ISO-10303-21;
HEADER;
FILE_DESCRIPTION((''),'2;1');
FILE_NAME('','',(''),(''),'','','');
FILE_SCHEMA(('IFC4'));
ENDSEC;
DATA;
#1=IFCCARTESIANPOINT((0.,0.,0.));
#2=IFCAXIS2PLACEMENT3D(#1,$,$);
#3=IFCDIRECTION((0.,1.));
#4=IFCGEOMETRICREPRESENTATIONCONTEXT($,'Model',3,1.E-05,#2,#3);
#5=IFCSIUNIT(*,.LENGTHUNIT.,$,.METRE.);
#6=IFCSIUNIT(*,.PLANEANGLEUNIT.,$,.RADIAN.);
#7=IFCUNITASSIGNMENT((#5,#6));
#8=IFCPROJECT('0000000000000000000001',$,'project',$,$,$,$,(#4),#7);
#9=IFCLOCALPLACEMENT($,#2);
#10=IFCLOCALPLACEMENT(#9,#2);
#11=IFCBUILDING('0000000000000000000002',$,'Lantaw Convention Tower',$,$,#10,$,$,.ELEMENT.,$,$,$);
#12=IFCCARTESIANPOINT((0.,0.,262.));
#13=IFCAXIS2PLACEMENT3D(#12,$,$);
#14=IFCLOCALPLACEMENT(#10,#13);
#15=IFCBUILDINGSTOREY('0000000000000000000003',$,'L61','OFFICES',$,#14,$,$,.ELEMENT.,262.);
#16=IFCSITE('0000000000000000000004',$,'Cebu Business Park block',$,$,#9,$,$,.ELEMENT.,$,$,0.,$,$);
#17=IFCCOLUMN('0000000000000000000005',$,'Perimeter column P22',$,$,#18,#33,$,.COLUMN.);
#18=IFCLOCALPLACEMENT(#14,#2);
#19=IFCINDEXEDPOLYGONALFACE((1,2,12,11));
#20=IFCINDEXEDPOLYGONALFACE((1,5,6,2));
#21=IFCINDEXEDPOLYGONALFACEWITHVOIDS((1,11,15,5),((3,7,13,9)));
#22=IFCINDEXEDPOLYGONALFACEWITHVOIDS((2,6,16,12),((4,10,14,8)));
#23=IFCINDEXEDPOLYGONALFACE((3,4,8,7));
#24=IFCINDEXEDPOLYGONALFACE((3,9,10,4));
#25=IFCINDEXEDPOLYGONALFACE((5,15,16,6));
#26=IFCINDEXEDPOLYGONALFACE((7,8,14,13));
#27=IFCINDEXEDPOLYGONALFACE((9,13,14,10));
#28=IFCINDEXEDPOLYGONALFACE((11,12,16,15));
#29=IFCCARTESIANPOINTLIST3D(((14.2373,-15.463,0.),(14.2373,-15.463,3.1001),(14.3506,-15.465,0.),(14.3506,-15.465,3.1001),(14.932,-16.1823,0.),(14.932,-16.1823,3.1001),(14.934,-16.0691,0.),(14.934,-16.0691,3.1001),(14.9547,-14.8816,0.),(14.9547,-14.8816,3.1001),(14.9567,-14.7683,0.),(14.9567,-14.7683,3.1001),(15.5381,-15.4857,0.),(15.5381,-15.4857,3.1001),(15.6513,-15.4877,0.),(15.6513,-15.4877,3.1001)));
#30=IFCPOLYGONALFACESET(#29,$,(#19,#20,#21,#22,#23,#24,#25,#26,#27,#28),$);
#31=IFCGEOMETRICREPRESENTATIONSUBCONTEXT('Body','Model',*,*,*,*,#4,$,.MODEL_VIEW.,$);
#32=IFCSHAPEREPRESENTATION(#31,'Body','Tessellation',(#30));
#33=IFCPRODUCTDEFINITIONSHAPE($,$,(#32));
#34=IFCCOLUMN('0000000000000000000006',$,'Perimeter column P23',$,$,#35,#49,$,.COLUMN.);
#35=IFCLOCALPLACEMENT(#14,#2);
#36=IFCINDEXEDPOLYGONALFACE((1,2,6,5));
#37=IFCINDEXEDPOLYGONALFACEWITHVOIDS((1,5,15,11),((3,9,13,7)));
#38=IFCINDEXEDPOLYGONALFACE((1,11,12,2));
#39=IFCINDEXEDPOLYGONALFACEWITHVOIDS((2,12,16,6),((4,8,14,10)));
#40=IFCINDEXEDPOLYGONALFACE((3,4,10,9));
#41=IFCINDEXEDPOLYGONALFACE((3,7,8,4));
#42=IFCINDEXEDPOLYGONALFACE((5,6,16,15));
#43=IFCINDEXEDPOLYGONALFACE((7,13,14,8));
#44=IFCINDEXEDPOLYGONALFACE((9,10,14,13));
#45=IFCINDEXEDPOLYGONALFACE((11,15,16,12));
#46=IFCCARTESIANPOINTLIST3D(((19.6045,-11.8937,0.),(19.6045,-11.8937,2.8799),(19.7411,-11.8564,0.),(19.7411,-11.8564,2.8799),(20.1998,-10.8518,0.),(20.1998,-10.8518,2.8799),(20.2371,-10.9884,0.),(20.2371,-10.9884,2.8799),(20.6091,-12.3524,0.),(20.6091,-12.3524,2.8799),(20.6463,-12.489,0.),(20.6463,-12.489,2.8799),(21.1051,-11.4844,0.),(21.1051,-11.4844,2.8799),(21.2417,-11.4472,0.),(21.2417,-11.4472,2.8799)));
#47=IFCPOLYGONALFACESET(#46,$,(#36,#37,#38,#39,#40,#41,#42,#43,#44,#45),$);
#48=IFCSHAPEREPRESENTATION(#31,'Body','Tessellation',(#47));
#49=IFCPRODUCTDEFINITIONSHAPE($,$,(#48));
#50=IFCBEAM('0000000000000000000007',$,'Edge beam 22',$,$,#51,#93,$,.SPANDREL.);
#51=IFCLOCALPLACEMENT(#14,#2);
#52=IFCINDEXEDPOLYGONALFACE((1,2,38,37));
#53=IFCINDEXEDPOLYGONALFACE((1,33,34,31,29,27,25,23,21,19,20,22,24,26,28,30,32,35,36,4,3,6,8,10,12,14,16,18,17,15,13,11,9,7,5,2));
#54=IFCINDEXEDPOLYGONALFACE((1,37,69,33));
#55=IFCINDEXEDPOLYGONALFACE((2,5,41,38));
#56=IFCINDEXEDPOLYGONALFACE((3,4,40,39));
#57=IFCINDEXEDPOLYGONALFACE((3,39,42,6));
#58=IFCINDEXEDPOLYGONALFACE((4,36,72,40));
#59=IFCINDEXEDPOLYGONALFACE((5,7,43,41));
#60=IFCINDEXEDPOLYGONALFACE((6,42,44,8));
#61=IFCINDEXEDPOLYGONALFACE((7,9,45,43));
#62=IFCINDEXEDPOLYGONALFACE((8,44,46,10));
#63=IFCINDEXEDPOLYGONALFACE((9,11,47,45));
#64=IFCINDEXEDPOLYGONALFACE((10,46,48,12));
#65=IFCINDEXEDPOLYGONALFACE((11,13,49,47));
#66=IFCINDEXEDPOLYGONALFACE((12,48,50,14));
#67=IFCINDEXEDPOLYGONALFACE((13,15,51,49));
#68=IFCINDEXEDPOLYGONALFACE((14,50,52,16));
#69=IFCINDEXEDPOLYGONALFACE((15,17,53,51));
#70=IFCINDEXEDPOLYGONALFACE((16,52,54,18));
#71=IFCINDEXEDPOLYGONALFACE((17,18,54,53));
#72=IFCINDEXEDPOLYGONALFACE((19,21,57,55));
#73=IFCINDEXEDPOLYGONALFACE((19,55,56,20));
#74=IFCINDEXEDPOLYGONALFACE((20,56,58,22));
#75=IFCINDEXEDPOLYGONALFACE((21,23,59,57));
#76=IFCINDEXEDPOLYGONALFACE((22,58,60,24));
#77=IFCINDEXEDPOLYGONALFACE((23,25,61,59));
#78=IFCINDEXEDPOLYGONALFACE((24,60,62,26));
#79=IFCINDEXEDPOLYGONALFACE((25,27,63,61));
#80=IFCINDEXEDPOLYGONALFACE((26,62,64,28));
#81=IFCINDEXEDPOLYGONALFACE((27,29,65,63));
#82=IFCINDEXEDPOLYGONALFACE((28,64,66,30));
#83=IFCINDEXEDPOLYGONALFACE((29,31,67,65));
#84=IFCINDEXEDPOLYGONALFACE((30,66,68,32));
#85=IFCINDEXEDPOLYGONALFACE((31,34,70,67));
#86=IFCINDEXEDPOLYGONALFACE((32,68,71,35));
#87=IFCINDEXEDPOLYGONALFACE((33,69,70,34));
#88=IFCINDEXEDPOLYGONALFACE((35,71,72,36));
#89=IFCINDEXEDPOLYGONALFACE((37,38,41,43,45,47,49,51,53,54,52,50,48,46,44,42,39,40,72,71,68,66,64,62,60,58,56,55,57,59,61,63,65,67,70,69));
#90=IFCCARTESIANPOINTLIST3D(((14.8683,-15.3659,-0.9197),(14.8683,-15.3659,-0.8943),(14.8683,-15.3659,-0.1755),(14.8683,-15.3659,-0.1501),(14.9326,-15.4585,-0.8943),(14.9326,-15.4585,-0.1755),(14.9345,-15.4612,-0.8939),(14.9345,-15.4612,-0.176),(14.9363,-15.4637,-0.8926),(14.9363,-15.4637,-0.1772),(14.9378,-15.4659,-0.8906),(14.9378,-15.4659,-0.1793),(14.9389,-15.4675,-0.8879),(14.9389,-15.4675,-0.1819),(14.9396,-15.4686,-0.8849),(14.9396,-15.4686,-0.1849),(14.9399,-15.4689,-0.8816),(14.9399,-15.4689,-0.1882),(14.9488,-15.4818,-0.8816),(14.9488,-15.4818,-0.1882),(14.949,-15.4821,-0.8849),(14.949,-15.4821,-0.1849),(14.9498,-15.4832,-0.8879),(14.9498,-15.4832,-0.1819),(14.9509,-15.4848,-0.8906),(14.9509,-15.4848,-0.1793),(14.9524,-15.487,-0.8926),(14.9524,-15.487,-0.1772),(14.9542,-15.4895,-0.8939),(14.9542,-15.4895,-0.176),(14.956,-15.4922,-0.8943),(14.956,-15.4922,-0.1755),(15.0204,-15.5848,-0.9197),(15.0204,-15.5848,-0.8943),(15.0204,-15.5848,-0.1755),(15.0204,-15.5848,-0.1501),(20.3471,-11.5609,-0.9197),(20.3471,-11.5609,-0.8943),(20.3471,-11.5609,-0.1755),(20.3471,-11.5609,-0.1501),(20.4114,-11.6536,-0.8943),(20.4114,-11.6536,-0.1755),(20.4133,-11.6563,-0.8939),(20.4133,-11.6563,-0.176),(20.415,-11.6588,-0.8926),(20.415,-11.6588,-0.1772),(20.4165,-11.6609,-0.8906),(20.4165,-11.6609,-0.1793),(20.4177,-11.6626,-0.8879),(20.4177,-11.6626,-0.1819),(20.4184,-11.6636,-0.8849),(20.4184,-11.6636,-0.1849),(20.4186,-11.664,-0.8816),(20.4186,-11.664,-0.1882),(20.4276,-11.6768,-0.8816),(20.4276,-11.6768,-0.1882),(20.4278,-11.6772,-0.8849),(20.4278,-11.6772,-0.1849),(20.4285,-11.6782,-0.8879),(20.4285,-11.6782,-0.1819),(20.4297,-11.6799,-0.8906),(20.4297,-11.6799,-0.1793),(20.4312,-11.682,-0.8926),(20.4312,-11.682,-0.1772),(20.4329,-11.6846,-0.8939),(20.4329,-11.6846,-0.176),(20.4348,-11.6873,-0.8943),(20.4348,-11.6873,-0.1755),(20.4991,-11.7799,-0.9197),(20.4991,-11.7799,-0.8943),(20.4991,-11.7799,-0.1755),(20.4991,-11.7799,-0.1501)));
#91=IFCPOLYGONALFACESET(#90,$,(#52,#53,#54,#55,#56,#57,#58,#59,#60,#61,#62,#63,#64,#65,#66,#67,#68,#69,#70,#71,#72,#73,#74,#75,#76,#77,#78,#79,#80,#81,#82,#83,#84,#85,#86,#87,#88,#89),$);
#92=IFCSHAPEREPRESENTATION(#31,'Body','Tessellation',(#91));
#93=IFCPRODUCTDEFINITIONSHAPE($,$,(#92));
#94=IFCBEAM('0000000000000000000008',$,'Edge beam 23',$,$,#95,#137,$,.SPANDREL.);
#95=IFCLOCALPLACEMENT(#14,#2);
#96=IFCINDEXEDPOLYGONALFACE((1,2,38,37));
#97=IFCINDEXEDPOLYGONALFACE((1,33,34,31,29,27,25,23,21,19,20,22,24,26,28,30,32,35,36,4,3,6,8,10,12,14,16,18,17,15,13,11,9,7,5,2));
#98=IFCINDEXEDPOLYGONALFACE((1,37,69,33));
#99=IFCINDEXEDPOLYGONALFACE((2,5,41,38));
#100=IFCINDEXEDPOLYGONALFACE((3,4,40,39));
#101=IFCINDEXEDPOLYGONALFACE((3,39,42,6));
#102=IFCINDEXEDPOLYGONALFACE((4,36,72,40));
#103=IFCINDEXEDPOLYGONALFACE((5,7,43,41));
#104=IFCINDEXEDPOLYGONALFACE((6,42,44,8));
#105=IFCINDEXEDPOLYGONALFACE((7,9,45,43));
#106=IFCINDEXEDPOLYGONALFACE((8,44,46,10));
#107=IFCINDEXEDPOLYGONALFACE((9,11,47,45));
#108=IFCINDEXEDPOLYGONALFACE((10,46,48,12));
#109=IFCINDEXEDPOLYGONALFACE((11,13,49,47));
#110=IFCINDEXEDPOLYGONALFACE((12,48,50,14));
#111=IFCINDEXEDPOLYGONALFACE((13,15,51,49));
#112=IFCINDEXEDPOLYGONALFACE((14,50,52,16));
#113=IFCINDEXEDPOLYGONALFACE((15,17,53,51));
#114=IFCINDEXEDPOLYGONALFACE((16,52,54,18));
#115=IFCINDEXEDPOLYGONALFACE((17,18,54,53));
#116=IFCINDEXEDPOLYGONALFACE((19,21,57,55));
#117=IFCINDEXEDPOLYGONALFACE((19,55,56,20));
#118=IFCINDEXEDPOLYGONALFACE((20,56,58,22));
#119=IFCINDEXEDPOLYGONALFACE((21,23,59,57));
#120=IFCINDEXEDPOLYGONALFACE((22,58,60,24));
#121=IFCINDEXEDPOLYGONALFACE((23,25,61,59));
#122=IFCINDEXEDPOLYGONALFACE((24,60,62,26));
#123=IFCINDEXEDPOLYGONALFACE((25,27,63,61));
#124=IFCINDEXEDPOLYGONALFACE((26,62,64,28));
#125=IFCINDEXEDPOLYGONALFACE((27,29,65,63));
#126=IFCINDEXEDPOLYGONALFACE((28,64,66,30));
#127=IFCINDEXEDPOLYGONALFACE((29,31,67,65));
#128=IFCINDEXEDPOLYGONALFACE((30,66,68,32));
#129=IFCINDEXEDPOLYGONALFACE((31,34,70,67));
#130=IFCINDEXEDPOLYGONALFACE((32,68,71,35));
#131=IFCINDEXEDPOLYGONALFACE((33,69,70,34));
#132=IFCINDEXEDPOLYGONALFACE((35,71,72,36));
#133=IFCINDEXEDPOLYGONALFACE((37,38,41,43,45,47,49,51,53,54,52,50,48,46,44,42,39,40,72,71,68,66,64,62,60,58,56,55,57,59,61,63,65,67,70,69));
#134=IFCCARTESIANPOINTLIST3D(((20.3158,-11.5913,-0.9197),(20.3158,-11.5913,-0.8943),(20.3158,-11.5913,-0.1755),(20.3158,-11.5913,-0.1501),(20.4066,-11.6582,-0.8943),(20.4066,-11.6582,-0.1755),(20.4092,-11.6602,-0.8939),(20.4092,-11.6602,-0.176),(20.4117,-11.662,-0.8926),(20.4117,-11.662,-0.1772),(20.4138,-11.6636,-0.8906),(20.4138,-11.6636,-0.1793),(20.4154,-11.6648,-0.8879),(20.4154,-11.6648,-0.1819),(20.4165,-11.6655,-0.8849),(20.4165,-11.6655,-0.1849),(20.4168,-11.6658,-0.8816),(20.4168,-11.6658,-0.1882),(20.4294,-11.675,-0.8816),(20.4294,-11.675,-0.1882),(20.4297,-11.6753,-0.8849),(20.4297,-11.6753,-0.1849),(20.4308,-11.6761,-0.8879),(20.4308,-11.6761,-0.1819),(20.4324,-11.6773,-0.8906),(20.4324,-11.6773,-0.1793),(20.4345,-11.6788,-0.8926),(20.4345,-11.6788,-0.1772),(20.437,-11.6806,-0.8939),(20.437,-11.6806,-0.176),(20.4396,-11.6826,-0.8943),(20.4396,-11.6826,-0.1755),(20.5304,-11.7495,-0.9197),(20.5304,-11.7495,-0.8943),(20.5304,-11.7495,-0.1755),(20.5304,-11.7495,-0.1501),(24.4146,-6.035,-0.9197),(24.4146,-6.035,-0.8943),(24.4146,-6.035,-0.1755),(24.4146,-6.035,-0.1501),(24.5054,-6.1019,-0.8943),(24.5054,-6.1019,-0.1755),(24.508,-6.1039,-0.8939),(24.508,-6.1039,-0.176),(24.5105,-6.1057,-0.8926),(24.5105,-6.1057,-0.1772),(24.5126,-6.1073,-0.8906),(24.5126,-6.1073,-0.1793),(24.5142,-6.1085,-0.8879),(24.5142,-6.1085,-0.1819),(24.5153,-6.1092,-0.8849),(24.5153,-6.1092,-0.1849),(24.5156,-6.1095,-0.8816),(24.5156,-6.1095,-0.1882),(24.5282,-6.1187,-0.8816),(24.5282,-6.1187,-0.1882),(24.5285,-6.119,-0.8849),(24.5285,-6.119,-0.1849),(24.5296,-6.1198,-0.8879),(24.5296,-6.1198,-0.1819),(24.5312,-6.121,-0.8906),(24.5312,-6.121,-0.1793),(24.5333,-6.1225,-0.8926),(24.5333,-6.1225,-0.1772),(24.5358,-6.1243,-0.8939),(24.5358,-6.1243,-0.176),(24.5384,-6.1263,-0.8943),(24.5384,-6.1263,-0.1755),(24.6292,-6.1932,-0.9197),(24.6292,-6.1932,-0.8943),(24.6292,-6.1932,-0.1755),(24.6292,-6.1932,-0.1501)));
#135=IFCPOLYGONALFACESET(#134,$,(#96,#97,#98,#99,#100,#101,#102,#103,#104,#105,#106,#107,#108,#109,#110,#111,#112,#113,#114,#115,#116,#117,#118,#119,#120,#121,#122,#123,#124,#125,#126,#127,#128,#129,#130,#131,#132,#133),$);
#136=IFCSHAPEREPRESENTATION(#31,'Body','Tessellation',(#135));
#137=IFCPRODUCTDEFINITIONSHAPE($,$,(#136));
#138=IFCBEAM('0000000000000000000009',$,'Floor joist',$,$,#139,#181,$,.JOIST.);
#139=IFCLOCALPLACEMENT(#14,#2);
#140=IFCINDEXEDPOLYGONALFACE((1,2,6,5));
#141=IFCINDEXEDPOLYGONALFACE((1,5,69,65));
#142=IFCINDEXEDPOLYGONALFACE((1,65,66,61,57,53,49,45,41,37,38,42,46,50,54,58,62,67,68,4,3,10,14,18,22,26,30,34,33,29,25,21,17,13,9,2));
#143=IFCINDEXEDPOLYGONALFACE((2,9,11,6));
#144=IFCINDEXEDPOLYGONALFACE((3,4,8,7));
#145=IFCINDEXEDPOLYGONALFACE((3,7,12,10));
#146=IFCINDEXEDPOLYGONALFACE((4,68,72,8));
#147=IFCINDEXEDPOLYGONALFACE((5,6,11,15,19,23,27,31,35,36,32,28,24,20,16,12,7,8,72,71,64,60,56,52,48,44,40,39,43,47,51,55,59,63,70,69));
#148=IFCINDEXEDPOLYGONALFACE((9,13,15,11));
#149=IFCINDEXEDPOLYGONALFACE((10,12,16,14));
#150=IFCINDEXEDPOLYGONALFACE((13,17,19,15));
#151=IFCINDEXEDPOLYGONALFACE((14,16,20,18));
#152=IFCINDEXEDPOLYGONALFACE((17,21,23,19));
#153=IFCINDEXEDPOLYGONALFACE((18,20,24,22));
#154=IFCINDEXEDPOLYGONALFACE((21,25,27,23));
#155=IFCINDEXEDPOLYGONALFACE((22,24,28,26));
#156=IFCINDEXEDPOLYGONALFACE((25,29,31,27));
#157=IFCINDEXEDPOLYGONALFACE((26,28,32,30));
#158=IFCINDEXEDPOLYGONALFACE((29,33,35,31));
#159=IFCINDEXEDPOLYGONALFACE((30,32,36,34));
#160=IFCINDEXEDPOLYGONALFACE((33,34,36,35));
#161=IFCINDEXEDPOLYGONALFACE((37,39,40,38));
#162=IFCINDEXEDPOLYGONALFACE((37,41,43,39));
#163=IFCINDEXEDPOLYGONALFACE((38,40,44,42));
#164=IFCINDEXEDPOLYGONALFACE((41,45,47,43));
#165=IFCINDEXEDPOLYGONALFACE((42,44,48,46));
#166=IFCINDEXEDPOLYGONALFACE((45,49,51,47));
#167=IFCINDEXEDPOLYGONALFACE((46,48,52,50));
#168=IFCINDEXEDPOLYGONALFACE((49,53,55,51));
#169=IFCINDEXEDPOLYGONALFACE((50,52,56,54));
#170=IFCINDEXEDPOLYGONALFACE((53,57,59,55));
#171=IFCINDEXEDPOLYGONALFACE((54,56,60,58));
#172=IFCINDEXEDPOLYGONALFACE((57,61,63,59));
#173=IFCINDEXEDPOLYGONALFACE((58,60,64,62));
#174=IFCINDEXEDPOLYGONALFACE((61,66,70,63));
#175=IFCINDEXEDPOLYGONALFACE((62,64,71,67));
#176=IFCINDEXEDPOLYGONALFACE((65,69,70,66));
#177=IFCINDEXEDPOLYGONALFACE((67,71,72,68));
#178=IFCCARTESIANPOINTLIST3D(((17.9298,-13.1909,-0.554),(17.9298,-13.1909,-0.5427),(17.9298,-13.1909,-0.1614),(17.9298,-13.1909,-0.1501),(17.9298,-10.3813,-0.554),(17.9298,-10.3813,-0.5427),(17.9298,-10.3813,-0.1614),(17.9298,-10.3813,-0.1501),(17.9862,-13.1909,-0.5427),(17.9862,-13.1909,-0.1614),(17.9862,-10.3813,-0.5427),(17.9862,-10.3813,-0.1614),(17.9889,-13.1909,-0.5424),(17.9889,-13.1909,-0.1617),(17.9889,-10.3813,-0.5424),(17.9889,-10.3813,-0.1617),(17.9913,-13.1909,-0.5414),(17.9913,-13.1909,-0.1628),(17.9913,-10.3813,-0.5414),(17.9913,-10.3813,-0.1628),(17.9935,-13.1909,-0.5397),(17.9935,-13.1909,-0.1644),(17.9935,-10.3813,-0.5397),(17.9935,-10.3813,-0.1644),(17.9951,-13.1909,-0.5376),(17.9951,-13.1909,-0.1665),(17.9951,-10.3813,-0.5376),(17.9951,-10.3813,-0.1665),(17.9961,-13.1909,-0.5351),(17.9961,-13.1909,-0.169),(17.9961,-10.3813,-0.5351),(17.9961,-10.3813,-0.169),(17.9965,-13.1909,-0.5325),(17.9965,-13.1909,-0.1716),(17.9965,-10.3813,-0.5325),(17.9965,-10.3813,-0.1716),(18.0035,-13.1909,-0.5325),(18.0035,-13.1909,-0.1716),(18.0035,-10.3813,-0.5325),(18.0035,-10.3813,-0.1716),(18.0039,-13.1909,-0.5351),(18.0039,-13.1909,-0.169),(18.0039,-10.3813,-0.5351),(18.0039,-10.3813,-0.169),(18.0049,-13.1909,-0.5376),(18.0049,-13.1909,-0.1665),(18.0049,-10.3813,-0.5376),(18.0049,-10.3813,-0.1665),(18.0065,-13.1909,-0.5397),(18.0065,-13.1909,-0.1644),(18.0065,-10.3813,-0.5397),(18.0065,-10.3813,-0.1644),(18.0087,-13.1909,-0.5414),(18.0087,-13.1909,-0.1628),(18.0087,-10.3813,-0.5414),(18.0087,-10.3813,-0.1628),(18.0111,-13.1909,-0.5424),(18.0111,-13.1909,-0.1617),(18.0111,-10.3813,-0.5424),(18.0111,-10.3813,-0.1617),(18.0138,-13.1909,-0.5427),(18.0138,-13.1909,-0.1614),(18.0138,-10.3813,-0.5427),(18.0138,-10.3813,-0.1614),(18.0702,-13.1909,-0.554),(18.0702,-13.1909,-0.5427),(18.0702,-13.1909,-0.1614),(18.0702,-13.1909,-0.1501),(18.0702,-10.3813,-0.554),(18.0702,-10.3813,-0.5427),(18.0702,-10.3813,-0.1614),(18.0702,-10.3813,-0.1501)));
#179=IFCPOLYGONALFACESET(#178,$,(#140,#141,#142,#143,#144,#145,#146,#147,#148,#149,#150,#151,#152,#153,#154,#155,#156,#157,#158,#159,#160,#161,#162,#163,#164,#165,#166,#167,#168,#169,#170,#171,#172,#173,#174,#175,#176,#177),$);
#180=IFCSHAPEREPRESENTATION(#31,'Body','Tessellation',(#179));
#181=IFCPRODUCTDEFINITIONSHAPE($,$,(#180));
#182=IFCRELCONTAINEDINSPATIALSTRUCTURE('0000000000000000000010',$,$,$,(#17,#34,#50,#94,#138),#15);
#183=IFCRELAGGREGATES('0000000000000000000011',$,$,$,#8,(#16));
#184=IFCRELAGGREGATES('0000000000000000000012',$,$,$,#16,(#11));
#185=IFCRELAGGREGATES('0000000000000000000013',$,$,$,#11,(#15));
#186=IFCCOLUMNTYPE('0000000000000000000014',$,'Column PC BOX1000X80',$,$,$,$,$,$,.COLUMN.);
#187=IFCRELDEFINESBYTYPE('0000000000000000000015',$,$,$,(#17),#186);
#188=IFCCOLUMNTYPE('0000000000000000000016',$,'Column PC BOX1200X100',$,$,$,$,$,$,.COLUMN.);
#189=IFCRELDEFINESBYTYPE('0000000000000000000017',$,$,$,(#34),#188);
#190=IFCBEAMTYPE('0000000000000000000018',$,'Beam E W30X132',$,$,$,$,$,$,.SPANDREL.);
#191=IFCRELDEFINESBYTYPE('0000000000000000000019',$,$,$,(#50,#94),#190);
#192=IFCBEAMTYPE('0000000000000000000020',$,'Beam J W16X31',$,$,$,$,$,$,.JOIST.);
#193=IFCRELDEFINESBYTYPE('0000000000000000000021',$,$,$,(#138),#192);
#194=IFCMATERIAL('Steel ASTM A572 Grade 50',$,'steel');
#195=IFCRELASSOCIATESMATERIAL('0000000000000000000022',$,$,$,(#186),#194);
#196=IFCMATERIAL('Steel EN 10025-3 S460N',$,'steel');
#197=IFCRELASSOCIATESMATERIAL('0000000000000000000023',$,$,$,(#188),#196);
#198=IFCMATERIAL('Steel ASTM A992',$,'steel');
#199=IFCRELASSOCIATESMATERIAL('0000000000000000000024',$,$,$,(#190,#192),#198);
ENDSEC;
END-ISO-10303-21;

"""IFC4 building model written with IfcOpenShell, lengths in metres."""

from ifc_helpers import new_model, si_unit, direction, frame, origin, origin_2d, place, context, subcontext, project, spatial, rectangle, hollow_rectangle, i_section, extrude, material, material_profile, profile_set, type_object, element, save


model = new_model("IFC4")

# Units and contexts
model_context = context("Model", 3, precision=1e-05, world=origin(), true_north=direction((0.0, 1.0)))
body_context = subcontext(model_context, "Body", "Model", "MODEL_VIEW")
ifc_project = project(units=[si_unit("LENGTHUNIT", "METRE"), si_unit("PLANEANGLEUNIT", "RADIAN")], contexts=[model_context])

# Site, building, storey
site_placement = place(None, origin())
site = spatial("IfcSite", under=ifc_project, at=site_placement, Name="Cebu Business Park block", CompositionType="ELEMENT", RefElevation=0.0)
building_placement = place(site_placement, origin())
building = spatial("IfcBuilding", under=site, at=building_placement, Name="Lantaw Convention Tower", CompositionType="ELEMENT")
storey_placement = place(building_placement, frame((0.0, 0.0, 262.0)))
storey = spatial("IfcBuildingStorey", under=building, at=storey_placement, Name="L61", Description="OFFICES", CompositionType="ELEMENT", Elevation=262.0)

# Columns
ifc_material_1 = material(Name="Steel ASTM A572 Grade 50", Category="steel")
ifc_material_profile_1 = material_profile(ifc_material_1, hollow_rectangle(XDim=1.0, YDim=1.0, WallThickness=0.0801, at=origin_2d()), Name="BOX1000X80")
ifc_material_2 = material(Name="Concrete C60/75", Category="concrete")
ifc_material_profile_2 = material_profile(ifc_material_2, rectangle(XDim=0.8401, YDim=0.8401, at=origin_2d()), Name="Concrete fill of BOX1000X80")
ifc_profile_set_1 = profile_set([ifc_material_profile_1, ifc_material_profile_2], Name="Steel ASTM A572 Grade 50")
column_type_1 = type_object("IfcColumnType", Name="Column PC BOX1000X80", PredefinedType="COLUMN", material=ifc_profile_set_1)
column_1_placement = place(storey_placement, frame((14.9443, -15.4753, 0.0), z_axis=(0.0, 0.0, 1.0), x_axis=(0.71934, 0.694658, 0.0)))
element("IfcColumn", 1, at=column_1_placement, inside=storey, type_object=column_type_1, Name="Perimeter column P22", PredefinedType="COLUMN", context=body_context, shape_type="SweptSolid", body=[
    extrude(hollow_rectangle(XDim=1.0, YDim=1.0, WallThickness=0.0801, at=origin_2d()), origin(), (0.0, 0.0, 1.0), 3.1001),
])
ifc_material_3 = material(Name="Steel EN 10025-3 S460N", Category="steel")
ifc_material_profile_3 = material_profile(ifc_material_3, hollow_rectangle(XDim=1.2, YDim=1.2, WallThickness=0.1001, at=origin_2d()), Name="BOX1200X100")
ifc_material_profile_4 = material_profile(ifc_material_2, rectangle(XDim=1.0, YDim=1.0, at=origin_2d()), Name="Concrete fill of BOX1200X100")
ifc_profile_set_2 = profile_set([ifc_material_profile_3, ifc_material_profile_4], Name="Steel EN 10025-3 S460N")
column_type_2 = type_object("IfcColumnType", Name="Column PC BOX1200X100", PredefinedType="COLUMN", material=ifc_profile_set_2)
column_2_placement = place(storey_placement, frame((20.4231, -11.6704, 0.0), z_axis=(0.0, 0.0, 1.0), x_axis=(0.496139, 0.868243, 0.0)))
element("IfcColumn", 2, at=column_2_placement, inside=storey, type_object=column_type_2, Name="Perimeter column P23", PredefinedType="COLUMN", context=body_context, shape_type="SweptSolid", body=[
    extrude(hollow_rectangle(XDim=1.2, YDim=1.2, WallThickness=0.1001, at=origin_2d()), origin(), (0.0, 0.0, 1.0), 2.8799),
])

# Beams
ifc_material_4 = material(Name="Steel ASTM A992", Category="steel")
ifc_material_profile_5 = material_profile(ifc_material_4, i_section(OverallWidth=0.2666, OverallDepth=0.7695, WebThickness=0.0156, FlangeThickness=0.0254, FilletRadius=0.0127, at=origin_2d()), Name="W30X132")
ifc_profile_set_3 = profile_set([ifc_material_profile_5], Name="Steel ASTM A992")
beam_type_1 = type_object("IfcBeamType", Name="Beam E W30X132", PredefinedType="SPANDREL", material=ifc_profile_set_3)
beam_1_placement = place(storey_placement, frame((14.9443, -15.4753, -0.5349), z_axis=(0.821353, 0.57042, 0.0), x_axis=(-0.57042, 0.821353, 0.0)))
element("IfcBeam", 3, at=beam_1_placement, inside=storey, type_object=beam_type_1, Name="Edge beam 22", PredefinedType="SPANDREL", context=body_context, shape_type="SweptSolid", body=[
    extrude(i_section(OverallWidth=0.2666, OverallDepth=0.7695, WebThickness=0.0156, FlangeThickness=0.0254, FilletRadius=0.0127, at=origin_2d()), origin(), (0.0, 0.0, 1.0), 6.6704),
])
beam_2_placement = place(storey_placement, frame((20.4231, -11.6704, -0.5349), z_axis=(0.593639, 0.804731, 0.0), x_axis=(-0.804731, 0.593639, 0.0)))
element("IfcBeam", 4, at=beam_2_placement, inside=storey, type_object=beam_type_1, Name="Edge beam 23", PredefinedType="SPANDREL", context=body_context, shape_type="SweptSolid", body=[
    extrude(i_section(OverallWidth=0.2666, OverallDepth=0.7695, WebThickness=0.0156, FlangeThickness=0.0254, FilletRadius=0.0127, at=origin_2d()), origin(), (0.0, 0.0, 1.0), 6.9045),
])
ifc_material_profile_6 = material_profile(ifc_material_4, i_section(OverallWidth=0.1404, OverallDepth=0.4038, WebThickness=0.0071, FlangeThickness=0.0112, FilletRadius=0.0103, at=origin_2d()), Name="W16X31")
ifc_profile_set_4 = profile_set([ifc_material_profile_6], Name="Steel ASTM A992")
beam_type_2 = type_object("IfcBeamType", Name="Beam J W16X31", PredefinedType="JOIST", material=ifc_profile_set_4)
beam_3_placement = place(storey_placement, frame((18.0, -13.1909, -0.3521), z_axis=(0.0, 1.0, 0.0), x_axis=(-1.0, 0.0, 0.0)))
element("IfcBeam", 5, at=beam_3_placement, inside=storey, type_object=beam_type_2, Name="Floor joist", PredefinedType="JOIST", context=body_context, shape_type="SweptSolid", body=[
    extrude(i_section(OverallWidth=0.1404, OverallDepth=0.4038, WebThickness=0.0071, FlangeThickness=0.0112, FilletRadius=0.0103, at=origin_2d()), origin(), (0.0, 0.0, 1.0), 2.8096),
])

save(model, "model.ifc")
